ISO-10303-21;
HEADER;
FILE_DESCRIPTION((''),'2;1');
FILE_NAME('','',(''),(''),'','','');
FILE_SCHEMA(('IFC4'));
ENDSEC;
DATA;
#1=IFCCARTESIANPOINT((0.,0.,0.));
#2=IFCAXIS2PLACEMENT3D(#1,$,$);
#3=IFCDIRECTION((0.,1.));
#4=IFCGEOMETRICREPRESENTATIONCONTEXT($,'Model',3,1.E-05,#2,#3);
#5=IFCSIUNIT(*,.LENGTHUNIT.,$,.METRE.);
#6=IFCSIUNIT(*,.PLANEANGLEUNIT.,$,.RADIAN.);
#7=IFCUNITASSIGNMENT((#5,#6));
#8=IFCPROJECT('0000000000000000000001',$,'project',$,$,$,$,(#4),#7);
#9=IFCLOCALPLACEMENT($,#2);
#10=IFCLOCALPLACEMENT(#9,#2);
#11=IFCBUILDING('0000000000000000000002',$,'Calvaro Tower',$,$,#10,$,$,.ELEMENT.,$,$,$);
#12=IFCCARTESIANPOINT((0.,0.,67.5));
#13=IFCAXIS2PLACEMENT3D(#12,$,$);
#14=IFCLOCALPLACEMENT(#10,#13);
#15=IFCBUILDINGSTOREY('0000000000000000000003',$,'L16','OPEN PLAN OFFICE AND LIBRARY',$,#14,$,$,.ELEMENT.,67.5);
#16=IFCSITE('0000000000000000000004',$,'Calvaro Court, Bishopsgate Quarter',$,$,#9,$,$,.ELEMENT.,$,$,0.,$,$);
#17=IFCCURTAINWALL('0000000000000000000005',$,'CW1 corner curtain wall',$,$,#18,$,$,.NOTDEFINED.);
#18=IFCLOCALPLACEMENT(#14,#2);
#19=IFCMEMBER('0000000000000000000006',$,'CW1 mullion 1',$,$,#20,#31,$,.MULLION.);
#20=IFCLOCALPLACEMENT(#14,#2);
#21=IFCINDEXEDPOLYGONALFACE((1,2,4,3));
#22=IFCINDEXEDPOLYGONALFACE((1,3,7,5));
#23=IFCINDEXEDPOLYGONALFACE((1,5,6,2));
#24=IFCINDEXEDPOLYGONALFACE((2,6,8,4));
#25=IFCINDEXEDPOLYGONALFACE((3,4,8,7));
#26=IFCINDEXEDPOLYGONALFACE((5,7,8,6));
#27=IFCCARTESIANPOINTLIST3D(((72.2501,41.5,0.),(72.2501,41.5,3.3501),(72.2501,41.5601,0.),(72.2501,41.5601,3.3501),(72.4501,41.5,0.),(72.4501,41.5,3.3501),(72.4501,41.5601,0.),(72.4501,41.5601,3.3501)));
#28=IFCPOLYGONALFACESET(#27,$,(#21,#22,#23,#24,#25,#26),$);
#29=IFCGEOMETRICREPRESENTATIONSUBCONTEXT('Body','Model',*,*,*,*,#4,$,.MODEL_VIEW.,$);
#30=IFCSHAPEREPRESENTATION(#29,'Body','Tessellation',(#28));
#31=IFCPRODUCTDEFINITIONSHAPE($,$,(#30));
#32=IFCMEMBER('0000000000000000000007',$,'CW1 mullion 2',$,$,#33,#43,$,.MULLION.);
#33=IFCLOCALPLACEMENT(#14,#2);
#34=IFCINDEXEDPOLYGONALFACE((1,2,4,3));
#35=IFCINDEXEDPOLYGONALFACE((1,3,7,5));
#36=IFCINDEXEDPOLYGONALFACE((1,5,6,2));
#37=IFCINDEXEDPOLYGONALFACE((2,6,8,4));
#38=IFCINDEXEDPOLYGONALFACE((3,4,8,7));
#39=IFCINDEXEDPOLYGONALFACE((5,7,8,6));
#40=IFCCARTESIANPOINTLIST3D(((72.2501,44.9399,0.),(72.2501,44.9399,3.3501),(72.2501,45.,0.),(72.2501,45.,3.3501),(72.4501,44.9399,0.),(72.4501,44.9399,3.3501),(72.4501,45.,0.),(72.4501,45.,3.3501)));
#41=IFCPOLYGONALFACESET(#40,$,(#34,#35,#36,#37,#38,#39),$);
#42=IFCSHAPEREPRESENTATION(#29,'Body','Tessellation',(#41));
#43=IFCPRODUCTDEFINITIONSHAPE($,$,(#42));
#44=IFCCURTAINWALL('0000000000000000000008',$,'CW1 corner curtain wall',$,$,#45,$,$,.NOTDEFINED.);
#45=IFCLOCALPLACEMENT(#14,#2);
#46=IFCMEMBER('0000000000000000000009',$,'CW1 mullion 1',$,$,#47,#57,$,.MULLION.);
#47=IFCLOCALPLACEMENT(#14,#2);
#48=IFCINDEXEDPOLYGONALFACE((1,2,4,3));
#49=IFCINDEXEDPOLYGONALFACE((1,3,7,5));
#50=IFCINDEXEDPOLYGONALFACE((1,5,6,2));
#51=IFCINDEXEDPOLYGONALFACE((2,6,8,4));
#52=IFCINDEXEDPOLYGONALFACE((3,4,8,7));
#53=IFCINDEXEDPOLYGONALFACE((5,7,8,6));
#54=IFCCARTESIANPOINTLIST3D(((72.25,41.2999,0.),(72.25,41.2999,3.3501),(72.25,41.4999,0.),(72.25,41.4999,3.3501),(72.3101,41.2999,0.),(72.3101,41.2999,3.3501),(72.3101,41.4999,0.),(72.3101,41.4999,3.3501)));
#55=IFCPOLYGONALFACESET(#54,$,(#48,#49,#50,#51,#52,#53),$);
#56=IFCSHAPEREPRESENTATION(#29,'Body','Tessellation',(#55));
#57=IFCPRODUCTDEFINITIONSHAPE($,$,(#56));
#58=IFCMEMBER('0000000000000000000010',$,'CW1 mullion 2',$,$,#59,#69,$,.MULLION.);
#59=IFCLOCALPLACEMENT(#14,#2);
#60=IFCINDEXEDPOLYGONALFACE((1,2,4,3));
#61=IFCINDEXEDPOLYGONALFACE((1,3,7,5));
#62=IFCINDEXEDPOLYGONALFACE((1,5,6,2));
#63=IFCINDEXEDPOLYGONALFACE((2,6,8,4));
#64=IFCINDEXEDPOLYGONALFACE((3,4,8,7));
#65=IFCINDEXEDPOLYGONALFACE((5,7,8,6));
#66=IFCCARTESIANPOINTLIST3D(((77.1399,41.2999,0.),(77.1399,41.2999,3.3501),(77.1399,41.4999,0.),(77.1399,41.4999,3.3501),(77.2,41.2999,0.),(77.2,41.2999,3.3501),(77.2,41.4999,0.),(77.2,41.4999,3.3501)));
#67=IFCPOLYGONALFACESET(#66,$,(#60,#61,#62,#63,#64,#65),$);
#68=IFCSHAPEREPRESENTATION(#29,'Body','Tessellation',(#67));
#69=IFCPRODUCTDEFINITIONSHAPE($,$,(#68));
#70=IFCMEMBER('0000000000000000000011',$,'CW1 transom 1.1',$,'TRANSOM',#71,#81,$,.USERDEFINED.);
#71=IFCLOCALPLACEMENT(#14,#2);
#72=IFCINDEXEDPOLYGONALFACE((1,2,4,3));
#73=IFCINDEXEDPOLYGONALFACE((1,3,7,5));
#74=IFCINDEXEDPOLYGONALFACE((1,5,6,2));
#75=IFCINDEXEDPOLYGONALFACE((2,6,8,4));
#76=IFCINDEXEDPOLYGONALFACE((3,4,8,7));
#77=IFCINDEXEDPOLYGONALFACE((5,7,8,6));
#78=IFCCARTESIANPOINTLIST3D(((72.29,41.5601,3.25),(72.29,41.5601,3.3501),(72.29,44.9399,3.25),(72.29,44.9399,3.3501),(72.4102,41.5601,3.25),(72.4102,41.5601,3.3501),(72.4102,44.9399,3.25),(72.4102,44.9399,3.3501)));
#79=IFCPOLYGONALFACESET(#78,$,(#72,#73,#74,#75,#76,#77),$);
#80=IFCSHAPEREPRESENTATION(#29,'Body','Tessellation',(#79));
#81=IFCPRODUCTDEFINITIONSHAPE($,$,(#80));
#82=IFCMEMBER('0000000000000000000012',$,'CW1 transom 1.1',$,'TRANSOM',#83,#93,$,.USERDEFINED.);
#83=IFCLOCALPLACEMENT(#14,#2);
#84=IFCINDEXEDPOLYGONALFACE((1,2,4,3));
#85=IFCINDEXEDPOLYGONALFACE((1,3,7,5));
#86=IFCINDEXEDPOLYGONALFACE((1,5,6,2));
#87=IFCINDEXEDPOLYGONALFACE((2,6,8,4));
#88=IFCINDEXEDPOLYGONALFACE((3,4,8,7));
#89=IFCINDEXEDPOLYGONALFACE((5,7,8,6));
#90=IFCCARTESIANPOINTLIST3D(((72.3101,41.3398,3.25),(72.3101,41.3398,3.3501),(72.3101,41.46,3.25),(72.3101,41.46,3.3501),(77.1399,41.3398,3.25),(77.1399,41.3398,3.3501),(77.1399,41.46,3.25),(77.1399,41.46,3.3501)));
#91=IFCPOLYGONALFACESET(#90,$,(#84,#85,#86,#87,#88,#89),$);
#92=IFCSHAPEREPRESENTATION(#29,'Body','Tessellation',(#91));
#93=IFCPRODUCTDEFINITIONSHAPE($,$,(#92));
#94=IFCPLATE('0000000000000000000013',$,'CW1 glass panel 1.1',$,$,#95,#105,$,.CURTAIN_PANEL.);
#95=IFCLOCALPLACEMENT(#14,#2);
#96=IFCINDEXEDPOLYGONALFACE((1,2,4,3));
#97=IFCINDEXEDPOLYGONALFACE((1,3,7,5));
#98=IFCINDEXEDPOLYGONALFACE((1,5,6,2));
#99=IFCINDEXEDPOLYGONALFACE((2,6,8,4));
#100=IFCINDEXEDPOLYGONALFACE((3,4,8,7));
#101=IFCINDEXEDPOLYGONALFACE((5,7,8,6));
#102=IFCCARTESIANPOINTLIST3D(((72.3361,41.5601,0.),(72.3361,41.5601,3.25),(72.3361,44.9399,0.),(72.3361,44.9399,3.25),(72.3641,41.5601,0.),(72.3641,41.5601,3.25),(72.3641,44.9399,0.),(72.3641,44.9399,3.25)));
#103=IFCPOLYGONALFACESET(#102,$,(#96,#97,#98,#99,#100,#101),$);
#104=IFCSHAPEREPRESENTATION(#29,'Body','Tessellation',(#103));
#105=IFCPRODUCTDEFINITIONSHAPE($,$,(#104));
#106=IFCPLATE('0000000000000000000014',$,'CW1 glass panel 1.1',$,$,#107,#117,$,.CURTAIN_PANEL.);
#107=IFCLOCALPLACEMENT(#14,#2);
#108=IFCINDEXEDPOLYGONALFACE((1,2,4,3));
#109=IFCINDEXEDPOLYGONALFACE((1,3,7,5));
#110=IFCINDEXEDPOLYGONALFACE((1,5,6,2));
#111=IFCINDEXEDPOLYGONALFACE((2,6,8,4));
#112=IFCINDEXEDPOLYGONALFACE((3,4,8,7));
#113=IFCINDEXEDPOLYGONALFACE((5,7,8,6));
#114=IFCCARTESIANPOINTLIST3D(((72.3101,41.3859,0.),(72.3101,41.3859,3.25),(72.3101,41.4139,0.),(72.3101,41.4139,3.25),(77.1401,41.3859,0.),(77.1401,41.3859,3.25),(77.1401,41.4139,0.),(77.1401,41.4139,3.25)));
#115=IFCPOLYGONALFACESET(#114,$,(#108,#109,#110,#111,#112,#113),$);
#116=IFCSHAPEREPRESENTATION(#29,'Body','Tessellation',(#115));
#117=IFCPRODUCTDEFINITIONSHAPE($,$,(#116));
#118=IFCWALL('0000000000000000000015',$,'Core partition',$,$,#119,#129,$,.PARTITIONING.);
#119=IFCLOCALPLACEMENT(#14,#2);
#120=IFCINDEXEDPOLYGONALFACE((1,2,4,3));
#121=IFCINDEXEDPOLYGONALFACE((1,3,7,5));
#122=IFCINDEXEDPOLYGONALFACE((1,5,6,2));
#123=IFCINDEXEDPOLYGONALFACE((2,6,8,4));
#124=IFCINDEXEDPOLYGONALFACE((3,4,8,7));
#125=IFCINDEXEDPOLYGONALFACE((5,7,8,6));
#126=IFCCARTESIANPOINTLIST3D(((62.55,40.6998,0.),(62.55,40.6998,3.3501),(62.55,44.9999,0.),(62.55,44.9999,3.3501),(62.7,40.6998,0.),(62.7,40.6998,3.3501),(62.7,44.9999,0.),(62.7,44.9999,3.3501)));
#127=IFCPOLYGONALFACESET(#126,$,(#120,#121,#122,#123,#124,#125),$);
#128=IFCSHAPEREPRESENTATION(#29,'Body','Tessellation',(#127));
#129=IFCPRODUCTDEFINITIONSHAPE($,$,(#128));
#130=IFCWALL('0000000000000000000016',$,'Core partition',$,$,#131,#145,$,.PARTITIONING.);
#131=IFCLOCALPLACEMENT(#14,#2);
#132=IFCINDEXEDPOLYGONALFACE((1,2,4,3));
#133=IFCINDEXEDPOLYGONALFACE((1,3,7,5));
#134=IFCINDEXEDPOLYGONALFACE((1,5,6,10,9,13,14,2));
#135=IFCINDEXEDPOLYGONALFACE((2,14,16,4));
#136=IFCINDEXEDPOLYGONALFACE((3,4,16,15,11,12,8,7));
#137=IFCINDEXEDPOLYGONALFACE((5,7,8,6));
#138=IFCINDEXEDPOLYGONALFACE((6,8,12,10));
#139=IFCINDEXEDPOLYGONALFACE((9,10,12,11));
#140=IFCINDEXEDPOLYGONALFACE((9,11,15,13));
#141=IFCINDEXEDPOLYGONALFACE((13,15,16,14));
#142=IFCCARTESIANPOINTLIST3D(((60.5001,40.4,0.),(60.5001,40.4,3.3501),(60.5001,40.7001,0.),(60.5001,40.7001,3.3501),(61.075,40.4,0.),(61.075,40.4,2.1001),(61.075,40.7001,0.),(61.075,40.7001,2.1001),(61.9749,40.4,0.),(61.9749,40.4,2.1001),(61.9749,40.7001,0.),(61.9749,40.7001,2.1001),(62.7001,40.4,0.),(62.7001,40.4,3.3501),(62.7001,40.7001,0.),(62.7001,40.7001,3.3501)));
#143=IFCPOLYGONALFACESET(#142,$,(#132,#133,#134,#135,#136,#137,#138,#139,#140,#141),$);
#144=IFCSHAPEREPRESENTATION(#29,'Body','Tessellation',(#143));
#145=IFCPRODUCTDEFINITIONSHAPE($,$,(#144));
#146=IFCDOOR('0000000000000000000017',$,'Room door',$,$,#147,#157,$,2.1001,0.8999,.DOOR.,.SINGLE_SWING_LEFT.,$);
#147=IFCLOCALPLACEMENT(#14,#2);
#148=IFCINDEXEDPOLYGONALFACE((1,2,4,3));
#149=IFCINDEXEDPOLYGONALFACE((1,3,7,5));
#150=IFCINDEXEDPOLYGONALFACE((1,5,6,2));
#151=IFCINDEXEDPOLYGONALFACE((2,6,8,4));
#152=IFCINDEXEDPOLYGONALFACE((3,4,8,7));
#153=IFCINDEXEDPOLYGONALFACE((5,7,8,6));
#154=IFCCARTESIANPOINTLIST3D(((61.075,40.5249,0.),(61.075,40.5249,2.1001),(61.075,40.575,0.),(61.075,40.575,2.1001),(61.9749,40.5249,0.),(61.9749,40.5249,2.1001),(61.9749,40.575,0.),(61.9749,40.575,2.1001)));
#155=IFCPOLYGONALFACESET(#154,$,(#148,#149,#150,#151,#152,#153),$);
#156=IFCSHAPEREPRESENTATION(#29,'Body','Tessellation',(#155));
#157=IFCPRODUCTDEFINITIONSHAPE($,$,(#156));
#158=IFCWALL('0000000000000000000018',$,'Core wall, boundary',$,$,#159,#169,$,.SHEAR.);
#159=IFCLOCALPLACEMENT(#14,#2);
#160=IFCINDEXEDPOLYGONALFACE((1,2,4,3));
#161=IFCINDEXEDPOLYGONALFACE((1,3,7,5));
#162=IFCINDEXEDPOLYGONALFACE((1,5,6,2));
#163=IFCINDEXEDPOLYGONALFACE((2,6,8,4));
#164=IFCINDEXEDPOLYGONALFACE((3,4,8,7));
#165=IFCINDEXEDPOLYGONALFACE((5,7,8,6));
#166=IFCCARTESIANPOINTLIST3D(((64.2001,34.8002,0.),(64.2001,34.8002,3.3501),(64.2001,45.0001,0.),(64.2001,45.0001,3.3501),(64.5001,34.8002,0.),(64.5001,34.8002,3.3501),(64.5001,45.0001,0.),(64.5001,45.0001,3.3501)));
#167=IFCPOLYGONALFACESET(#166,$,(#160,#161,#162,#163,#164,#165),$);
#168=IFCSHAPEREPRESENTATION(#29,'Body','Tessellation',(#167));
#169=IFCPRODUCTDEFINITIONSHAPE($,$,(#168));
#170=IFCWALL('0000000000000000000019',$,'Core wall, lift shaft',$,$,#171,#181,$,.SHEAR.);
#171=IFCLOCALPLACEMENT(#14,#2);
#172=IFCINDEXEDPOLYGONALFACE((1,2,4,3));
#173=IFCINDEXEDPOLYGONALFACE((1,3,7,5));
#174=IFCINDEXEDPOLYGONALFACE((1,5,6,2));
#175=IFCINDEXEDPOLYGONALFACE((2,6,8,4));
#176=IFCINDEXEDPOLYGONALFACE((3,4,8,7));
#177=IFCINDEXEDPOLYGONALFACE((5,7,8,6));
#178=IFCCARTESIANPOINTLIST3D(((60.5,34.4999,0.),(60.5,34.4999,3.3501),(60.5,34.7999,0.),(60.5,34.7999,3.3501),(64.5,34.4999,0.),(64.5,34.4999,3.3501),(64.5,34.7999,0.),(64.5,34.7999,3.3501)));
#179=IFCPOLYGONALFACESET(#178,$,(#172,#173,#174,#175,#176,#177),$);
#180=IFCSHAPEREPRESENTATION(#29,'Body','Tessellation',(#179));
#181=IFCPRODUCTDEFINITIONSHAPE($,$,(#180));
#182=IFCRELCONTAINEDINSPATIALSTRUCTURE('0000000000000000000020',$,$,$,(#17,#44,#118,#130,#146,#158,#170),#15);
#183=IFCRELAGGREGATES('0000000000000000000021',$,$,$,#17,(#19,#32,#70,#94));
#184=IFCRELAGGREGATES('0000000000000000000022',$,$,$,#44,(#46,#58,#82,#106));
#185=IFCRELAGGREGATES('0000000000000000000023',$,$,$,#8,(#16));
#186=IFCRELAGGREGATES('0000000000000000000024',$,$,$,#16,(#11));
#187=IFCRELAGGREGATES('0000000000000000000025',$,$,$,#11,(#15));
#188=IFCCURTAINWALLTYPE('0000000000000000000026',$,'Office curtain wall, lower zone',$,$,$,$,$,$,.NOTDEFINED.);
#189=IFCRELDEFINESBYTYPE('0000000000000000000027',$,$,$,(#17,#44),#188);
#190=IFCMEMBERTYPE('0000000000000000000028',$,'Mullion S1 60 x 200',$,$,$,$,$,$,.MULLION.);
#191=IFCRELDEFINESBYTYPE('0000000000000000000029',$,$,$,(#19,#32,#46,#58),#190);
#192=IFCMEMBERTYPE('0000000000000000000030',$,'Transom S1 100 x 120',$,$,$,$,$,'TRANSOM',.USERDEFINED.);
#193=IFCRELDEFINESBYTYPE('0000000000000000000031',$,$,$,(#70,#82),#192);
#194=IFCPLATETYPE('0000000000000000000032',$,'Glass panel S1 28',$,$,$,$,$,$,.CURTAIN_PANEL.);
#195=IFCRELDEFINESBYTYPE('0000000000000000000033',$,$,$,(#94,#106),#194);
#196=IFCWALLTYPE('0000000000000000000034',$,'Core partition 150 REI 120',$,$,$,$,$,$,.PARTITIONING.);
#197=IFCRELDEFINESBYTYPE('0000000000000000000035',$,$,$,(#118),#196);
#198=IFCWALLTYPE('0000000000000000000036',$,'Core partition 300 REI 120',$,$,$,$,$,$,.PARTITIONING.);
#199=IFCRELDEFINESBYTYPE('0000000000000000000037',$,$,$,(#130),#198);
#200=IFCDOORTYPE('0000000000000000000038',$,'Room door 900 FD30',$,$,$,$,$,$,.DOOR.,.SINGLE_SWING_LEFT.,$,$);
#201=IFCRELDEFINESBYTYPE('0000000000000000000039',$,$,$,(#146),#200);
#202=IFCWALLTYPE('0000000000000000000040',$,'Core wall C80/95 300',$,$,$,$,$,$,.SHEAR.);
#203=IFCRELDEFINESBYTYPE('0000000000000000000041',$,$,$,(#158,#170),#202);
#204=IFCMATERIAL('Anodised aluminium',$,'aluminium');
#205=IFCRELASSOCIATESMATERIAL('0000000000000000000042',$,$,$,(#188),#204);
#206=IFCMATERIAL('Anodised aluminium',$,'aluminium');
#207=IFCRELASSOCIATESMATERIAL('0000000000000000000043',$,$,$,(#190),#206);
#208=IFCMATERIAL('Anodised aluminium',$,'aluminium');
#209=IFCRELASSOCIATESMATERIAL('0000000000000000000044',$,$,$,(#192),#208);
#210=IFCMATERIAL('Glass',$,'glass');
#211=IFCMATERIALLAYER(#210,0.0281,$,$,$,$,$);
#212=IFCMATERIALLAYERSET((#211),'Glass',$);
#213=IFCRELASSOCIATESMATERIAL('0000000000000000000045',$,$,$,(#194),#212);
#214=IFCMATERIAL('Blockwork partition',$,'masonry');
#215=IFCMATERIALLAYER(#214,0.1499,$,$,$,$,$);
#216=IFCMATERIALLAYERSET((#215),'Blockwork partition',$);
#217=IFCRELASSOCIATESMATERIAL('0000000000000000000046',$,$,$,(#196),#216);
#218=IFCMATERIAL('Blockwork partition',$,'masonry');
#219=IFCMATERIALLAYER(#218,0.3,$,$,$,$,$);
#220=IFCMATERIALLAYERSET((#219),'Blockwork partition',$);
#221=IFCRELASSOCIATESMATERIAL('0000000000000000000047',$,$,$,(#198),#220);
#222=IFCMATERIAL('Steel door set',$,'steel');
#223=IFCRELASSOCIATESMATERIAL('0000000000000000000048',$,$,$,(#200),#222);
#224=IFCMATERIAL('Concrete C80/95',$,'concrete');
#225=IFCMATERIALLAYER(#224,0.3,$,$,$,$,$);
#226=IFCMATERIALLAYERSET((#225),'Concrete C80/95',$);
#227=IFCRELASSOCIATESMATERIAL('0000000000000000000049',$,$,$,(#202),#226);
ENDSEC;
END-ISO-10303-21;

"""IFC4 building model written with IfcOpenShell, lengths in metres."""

from ifc_helpers import new_model, si_unit, direction, frame, frame_2d, origin, origin_2d, place, context, subcontext, project, spatial, rectangle, extrude, material, layer, layer_set, material_profile, profile_set, type_object, element, fill, aggregate, save


model = new_model("IFC4")

# Units and contexts
model_context = context("Model", 3, precision=1e-05, world=origin(), true_north=direction((0.0, 1.0)))
body_context = subcontext(model_context, "Body", "Model", "MODEL_VIEW")
ifc_project = project(units=[si_unit("LENGTHUNIT", "METRE"), si_unit("PLANEANGLEUNIT", "RADIAN")], contexts=[model_context])

# Site, building, storey
site_placement = place(None, origin())
site = spatial("IfcSite", under=ifc_project, at=site_placement, Name="Calvaro Court, Bishopsgate Quarter", CompositionType="ELEMENT", RefElevation=0.0)
building_placement = place(site_placement, origin())
building = spatial("IfcBuilding", under=site, at=building_placement, Name="Calvaro Tower", CompositionType="ELEMENT")
storey_placement = place(building_placement, frame((0.0, 0.0, 67.5)))
storey = spatial("IfcBuildingStorey", under=building, at=storey_placement, Name="L16", Description="OPEN PLAN OFFICE AND LIBRARY", CompositionType="ELEMENT", Elevation=67.5)

# Curtain walls, members
ifc_material_1 = material(Name="Anodised aluminium", Category="aluminium")
curtain_wall_type = type_object("IfcCurtainWallType", Name="Office curtain wall, lower zone", PredefinedType="NOTDEFINED", material=ifc_material_1)
curtain_wall_1_placement = place(storey_placement, origin())
curtain_wall_1 = element("IfcCurtainWall", 1, at=curtain_wall_1_placement, inside=storey, type_object=curtain_wall_type, Name="CW1 corner curtain wall", PredefinedType="NOTDEFINED")
ifc_material_2 = material(Name="Anodised aluminium", Category="aluminium")
ifc_material_profile_1 = material_profile(ifc_material_2, rectangle(XDim=0.2, YDim=0.0601, at=origin_2d()), Name="Mullion S1 60 x 200")
ifc_profile_set_1 = profile_set([ifc_material_profile_1], Name="Anodised aluminium")
member_type_1 = type_object("IfcMemberType", Name="Mullion S1 60 x 200", PredefinedType="MULLION", material=ifc_profile_set_1)
member_1_placement = place(storey_placement, frame((72.3501, 41.53, 0.0), z_axis=(0.0, 0.0, 1.0), x_axis=(-1.0, 0.0, 0.0)))
member_1 = element("IfcMember", 2, at=member_1_placement, type_object=member_type_1, Name="CW1 mullion 1", PredefinedType="MULLION", context=body_context, shape_type="SweptSolid", body=[
    extrude(rectangle(XDim=0.2, YDim=0.0601, at=origin_2d()), origin(), (0.0, 0.0, 1.0), 3.3501),
])
member_2_placement = place(storey_placement, frame((72.3501, 44.97, 0.0), z_axis=(0.0, 0.0, 1.0), x_axis=(-1.0, 0.0, 0.0)))
member_2 = element("IfcMember", 3, at=member_2_placement, type_object=member_type_1, Name="CW1 mullion 2", PredefinedType="MULLION", context=body_context, shape_type="SweptSolid", body=[
    extrude(rectangle(XDim=0.2, YDim=0.0601, at=origin_2d()), origin(), (0.0, 0.0, 1.0), 3.3501),
])
curtain_wall_2_placement = place(storey_placement, origin())
curtain_wall_2 = element("IfcCurtainWall", 4, at=curtain_wall_2_placement, inside=storey, type_object=curtain_wall_type, Name="CW1 corner curtain wall", PredefinedType="NOTDEFINED")
member_3_placement = place(storey_placement, frame((72.28, 41.3999, 0.0), z_axis=(0.0, 0.0, 1.0), x_axis=(0.0, 1.0, 0.0)))
member_3 = element("IfcMember", 5, at=member_3_placement, type_object=member_type_1, Name="CW1 mullion 1", PredefinedType="MULLION", context=body_context, shape_type="SweptSolid", body=[
    extrude(rectangle(XDim=0.2, YDim=0.0601, at=origin_2d()), origin(), (0.0, 0.0, 1.0), 3.3501),
])
member_4_placement = place(storey_placement, frame((77.1699, 41.3999, 0.0), z_axis=(0.0, 0.0, 1.0), x_axis=(0.0, 1.0, 0.0)))
member_4 = element("IfcMember", 6, at=member_4_placement, type_object=member_type_1, Name="CW1 mullion 2", PredefinedType="MULLION", context=body_context, shape_type="SweptSolid", body=[
    extrude(rectangle(XDim=0.2, YDim=0.0601, at=origin_2d()), origin(), (0.0, 0.0, 1.0), 3.3501),
])

# Members
ifc_material_3 = material(Name="Anodised aluminium", Category="aluminium")
ifc_material_profile_2 = material_profile(ifc_material_3, rectangle(XDim=0.1201, YDim=0.1001, at=origin_2d()), Name="Transom S1 100 x 120")
ifc_profile_set_2 = profile_set([ifc_material_profile_2], Name="Anodised aluminium")
member_type_2 = type_object("IfcMemberType", Name="Transom S1 100 x 120", ElementType="TRANSOM", PredefinedType="USERDEFINED", material=ifc_profile_set_2)
member_5_placement = place(storey_placement, frame((72.3501, 41.5601, 3.3), z_axis=(0.0, 1.0, 0.0), x_axis=(-1.0, 0.0, 0.0)))
member_5 = element("IfcMember", 7, at=member_5_placement, type_object=member_type_2, Name="CW1 transom 1.1", ObjectType="TRANSOM", PredefinedType="USERDEFINED", context=body_context, shape_type="SweptSolid", body=[
    extrude(rectangle(XDim=0.1201, YDim=0.1001, at=origin_2d()), origin(), (0.0, 0.0, 1.0), 3.3799),
])
member_6_placement = place(storey_placement, frame((72.3101, 41.3999, 3.3), z_axis=(1.0, 0.0, 0.0), x_axis=(0.0, 1.0, 0.0)))
member_6 = element("IfcMember", 8, at=member_6_placement, type_object=member_type_2, Name="CW1 transom 1.1", ObjectType="TRANSOM", PredefinedType="USERDEFINED", context=body_context, shape_type="SweptSolid", body=[
    extrude(rectangle(XDim=0.1201, YDim=0.1001, at=origin_2d()), origin(), (0.0, 0.0, 1.0), 4.8298),
])

# Plates
ifc_material_4 = material(Name="Glass", Category="glass")
ifc_layer_1 = layer(ifc_material_4, 0.0281)
ifc_layer_set_1 = layer_set([ifc_layer_1], Name="Glass")
plate_type = type_object("IfcPlateType", Name="Glass panel S1 28", PredefinedType="CURTAIN_PANEL", material=ifc_layer_set_1)
plate_1_placement = place(storey_placement, frame((72.3501, 43.25, 0.0), z_axis=(0.0, 0.0, 1.0), x_axis=(0.0, 1.0, 0.0)))
plate_1 = element("IfcPlate", 9, at=plate_1_placement, type_object=plate_type, Name="CW1 glass panel 1.1", PredefinedType="CURTAIN_PANEL", context=body_context, shape_type="SweptSolid", body=[
    extrude(rectangle(XDim=3.3799, YDim=0.0281, at=origin_2d()), origin(), (0.0, 0.0, 1.0), 3.25),
])
aggregate(curtain_wall_1, [member_1, member_2, member_5, plate_1])
plate_2_placement = place(storey_placement, frame((74.7251, 41.3999, 0.0), z_axis=(0.0, 0.0, 1.0), x_axis=(1.0, 0.0, 0.0)))
plate_2 = element("IfcPlate", 10, at=plate_2_placement, type_object=plate_type, Name="CW1 glass panel 1.1", PredefinedType="CURTAIN_PANEL", context=body_context, shape_type="SweptSolid", body=[
    extrude(rectangle(XDim=4.8301, YDim=0.0281, at=origin_2d()), origin(), (0.0, 0.0, 1.0), 3.25),
])
aggregate(curtain_wall_2, [member_3, member_4, member_6, plate_2])

# Wall
ifc_material_5 = material(Name="Blockwork partition", Category="masonry")
ifc_layer_2 = layer(ifc_material_5, 0.1499)
ifc_layer_set_2 = layer_set([ifc_layer_2], Name="Blockwork partition")
wall_type_1 = type_object("IfcWallType", Name="Core partition 150 REI 120", PredefinedType="PARTITIONING", material=ifc_layer_set_2)
wall_1_placement = place(storey_placement, frame((62.625, 40.7, 0.0), z_axis=(0.0, 0.0, 1.0), x_axis=(0.0, 1.0, 0.0)))
element("IfcWall", 11, at=wall_1_placement, inside=storey, type_object=wall_type_1, Name="Core partition", PredefinedType="PARTITIONING", context=body_context, shape_type="SweptSolid", body=[
    extrude(rectangle(XDim=4.3, YDim=0.1499, at=frame_2d((2.1499, 0.0))), origin(), (0.0, 0.0, 1.0), 3.3501),
])

# Wall, opening, door
ifc_material_6 = material(Name="Blockwork partition", Category="masonry")
ifc_layer_3 = layer(ifc_material_6, 0.3)
ifc_layer_set_3 = layer_set([ifc_layer_3], Name="Blockwork partition")
wall_type_2 = type_object("IfcWallType", Name="Core partition 300 REI 120", PredefinedType="PARTITIONING", material=ifc_layer_set_3)
wall_2_placement = place(storey_placement, frame((60.5, 40.55, 0.0), z_axis=(0.0, 0.0, 1.0), x_axis=(1.0, 0.0, 0.0)))
wall_2 = element("IfcWall", 12, at=wall_2_placement, inside=storey, type_object=wall_type_2, Name="Core partition", PredefinedType="PARTITIONING", context=body_context, shape_type="SweptSolid", body=[
    extrude(rectangle(XDim=2.2, YDim=0.3, at=frame_2d((1.1001, 0.0))), origin(), (0.0, 0.0, 1.0), 3.3501),
])
opening_1_placement = place(wall_2_placement, frame((0.575, 0.0, 0.0)))
opening_1 = element("IfcOpeningElement", 13, at=opening_1_placement, cuts=wall_2, PredefinedType="OPENING", context=body_context, shape_type="SweptSolid", body=[
    extrude(rectangle(XDim=0.8999, YDim=2.1001, at=frame_2d((0.45, 1.05))), frame((0.0, 0.1599, 0.0), z_axis=(0.0, -1.0, 0.0), x_axis=(1.0, 0.0, 0.0)), (0.0, 0.0, 1.0), 0.3201),
])
ifc_material_7 = material(Name="Steel door set", Category="steel")
door_type_1 = type_object("IfcDoorType", Name="Room door 900 FD30", OperationType="SINGLE_SWING_LEFT", PredefinedType="DOOR", material=ifc_material_7)
door_1_placement = place(opening_1_placement, origin())
door_1 = element("IfcDoor", 14, at=door_1_placement, inside=storey, type_object=door_type_1, Name="Room door", OperationType="SINGLE_SWING_LEFT", OverallHeight=2.1001, OverallWidth=0.8999, PredefinedType="DOOR", context=body_context, shape_type="SweptSolid", body=[
    extrude(rectangle(XDim=0.8999, YDim=2.1001, at=frame_2d((0.45, 1.05))), frame((0.0, 0.0249, 0.0), z_axis=(0.0, -1.0, 0.0), x_axis=(1.0, 0.0, 0.0)), (0.0, 0.0, 1.0), 0.05),
])
fill(opening_1, door_1)

# Walls
ifc_material_8 = material(Name="Concrete C80/95", Category="concrete")
ifc_layer_4 = layer(ifc_material_8, 0.3)
ifc_layer_set_4 = layer_set([ifc_layer_4], Name="Concrete C80/95")
wall_type_3 = type_object("IfcWallType", Name="Core wall C80/95 300", PredefinedType="SHEAR", material=ifc_layer_set_4)
wall_3_placement = place(storey_placement, frame((64.3501, 34.8, 0.0), z_axis=(0.0, 0.0, 1.0), x_axis=(0.0, 1.0, 0.0)))
element("IfcWall", 15, at=wall_3_placement, inside=storey, type_object=wall_type_3, Name="Core wall, boundary", PredefinedType="SHEAR", context=body_context, shape_type="SweptSolid", body=[
    extrude(rectangle(XDim=10.2, YDim=0.3, at=frame_2d((5.1001, 0.0))), origin(), (0.0, 0.0, 1.0), 3.3501),
])
wall_4_placement = place(storey_placement, frame((60.5, 34.6499, 0.0), z_axis=(0.0, 0.0, 1.0), x_axis=(1.0, 0.0, 0.0)))
element("IfcWall", 16, at=wall_4_placement, inside=storey, type_object=wall_type_3, Name="Core wall, lift shaft", PredefinedType="SHEAR", context=body_context, shape_type="SweptSolid", body=[
    extrude(rectangle(XDim=4.0, YDim=0.3, at=frame_2d((2.0, 0.0))), origin(), (0.0, 0.0, 1.0), 3.3501),
])

save(model, "model.ifc")
